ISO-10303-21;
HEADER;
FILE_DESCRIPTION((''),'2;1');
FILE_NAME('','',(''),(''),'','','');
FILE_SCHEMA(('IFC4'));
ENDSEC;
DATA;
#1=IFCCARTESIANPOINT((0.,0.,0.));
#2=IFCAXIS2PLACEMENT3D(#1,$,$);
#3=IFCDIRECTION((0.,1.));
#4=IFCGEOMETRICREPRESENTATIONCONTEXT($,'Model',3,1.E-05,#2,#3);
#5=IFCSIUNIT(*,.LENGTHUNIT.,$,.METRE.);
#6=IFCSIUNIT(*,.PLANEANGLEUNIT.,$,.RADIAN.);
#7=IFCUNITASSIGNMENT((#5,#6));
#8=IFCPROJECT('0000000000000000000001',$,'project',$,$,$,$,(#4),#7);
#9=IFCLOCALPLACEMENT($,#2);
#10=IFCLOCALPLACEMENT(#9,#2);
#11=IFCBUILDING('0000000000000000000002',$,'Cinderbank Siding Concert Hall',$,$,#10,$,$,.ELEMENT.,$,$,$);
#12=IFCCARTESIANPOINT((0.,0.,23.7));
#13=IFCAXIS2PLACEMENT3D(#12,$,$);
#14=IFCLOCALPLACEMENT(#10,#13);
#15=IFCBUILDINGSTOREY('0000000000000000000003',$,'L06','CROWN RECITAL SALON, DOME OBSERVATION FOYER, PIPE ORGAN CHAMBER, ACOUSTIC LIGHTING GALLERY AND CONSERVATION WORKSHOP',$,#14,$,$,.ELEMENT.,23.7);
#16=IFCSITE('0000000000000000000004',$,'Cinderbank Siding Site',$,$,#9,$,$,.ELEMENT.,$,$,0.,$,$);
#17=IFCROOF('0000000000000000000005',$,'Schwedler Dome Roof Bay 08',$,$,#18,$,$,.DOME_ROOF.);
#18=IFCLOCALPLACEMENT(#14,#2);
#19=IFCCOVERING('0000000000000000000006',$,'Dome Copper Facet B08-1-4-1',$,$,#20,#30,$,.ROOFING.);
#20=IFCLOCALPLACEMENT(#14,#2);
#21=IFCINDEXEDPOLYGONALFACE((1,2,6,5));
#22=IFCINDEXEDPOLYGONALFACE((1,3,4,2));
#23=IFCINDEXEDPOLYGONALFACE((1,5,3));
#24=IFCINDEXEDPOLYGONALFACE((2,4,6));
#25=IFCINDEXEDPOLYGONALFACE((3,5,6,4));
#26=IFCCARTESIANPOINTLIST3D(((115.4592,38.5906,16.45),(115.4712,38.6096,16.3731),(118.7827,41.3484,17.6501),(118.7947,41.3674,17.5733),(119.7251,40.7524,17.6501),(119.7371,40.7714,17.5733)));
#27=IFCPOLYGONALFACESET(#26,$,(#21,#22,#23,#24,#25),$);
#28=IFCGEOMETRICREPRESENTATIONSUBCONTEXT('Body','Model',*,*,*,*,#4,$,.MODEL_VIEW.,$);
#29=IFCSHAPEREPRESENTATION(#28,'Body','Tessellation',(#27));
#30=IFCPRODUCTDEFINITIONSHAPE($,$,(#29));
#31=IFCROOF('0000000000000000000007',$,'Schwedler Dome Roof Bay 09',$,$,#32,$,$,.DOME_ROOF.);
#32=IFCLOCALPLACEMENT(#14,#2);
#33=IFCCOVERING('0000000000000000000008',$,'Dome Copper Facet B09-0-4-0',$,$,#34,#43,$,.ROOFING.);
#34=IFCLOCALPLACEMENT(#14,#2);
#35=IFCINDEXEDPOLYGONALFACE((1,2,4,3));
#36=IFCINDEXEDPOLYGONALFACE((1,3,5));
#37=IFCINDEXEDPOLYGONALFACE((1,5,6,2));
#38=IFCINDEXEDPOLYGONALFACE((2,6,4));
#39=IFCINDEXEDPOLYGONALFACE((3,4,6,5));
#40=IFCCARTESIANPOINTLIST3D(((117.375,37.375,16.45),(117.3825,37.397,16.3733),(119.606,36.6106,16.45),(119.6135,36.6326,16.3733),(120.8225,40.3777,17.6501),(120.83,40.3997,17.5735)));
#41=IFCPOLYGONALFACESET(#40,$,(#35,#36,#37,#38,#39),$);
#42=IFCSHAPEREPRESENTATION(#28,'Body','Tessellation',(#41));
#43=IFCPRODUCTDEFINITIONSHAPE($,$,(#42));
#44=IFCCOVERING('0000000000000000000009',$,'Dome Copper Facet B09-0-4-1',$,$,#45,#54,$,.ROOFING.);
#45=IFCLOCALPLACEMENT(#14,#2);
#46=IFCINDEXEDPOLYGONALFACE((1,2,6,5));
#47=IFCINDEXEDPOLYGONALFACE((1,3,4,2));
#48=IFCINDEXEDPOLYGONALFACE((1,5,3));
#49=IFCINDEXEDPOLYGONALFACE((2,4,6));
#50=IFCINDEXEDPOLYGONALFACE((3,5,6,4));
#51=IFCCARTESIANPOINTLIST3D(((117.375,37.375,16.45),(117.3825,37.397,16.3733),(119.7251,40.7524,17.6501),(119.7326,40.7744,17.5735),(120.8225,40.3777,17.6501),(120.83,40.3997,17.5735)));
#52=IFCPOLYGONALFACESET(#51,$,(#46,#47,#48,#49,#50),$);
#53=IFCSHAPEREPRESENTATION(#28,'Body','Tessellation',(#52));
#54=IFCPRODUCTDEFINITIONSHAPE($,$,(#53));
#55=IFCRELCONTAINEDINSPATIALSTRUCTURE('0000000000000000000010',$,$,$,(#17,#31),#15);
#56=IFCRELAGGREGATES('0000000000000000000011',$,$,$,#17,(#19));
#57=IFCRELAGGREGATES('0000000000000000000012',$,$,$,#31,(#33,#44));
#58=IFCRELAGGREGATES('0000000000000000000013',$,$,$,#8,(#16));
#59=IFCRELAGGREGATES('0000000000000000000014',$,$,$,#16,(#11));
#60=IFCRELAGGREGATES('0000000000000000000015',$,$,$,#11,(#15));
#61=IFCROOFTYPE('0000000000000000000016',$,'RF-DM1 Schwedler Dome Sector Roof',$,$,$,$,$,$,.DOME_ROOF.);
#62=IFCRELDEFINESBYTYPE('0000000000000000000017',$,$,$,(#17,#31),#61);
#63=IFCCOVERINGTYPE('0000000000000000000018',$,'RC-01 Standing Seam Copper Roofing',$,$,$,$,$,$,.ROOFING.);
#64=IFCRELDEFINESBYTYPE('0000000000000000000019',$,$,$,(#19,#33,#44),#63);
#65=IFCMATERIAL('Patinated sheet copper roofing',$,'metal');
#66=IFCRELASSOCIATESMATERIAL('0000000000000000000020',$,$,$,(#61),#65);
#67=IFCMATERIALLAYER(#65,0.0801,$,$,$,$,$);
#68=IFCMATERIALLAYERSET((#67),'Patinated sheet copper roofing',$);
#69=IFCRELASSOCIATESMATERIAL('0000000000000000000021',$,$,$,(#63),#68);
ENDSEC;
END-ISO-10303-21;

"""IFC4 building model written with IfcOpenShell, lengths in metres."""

from ifc_helpers import new_model, si_unit, direction, frame, origin, place, context, subcontext, project, spatial, polyline, outline, extrude, material, layer, layer_set, type_object, element, aggregate, save


model = new_model("IFC4")

# Units and contexts
model_context = context("Model", 3, precision=1e-05, world=origin(), true_north=direction((0.0, 1.0)))
body_context = subcontext(model_context, "Body", "Model", "MODEL_VIEW")
ifc_project = project(units=[si_unit("LENGTHUNIT", "METRE"), si_unit("PLANEANGLEUNIT", "RADIAN")], contexts=[model_context])

# Site, building, storey
site_placement = place(None, origin())
site = spatial("IfcSite", under=ifc_project, at=site_placement, Name="Cinderbank Siding Site", CompositionType="ELEMENT", RefElevation=0.0)
building_placement = place(site_placement, origin())
building = spatial("IfcBuilding", under=site, at=building_placement, Name="Cinderbank Siding Concert Hall", CompositionType="ELEMENT")
storey_placement = place(building_placement, frame((0.0, 0.0, 23.7)))
storey = spatial("IfcBuildingStorey", under=building, at=storey_placement, Name="L06", Description="CROWN RECITAL SALON, DOME OBSERVATION FOYER, PIPE ORGAN CHAMBER, ACOUSTIC LIGHTING GALLERY AND CONSERVATION WORKSHOP", CompositionType="ELEMENT", Elevation=23.7)

# Roofs, coverings
ifc_material_1 = material(Name="Patinated sheet copper roofing", Category="metal")
roof_type = type_object("IfcRoofType", Name="RF-DM1 Schwedler Dome Sector Roof", PredefinedType="DOME_ROOF", material=ifc_material_1)
roof_1_placement = place(storey_placement, origin())
roof_1 = element("IfcRoof", 1, at=roof_1_placement, inside=storey, type_object=roof_type, Name="Schwedler Dome Roof Bay 08", PredefinedType="DOME_ROOF")
ifc_layer_1 = layer(ifc_material_1, 0.0801)
ifc_layer_set_1 = layer_set([ifc_layer_1], Name="Patinated sheet copper roofing")
covering_type = type_object("IfcCoveringType", Name="RC-01 Standing Seam Copper Roofing", PredefinedType="ROOFING", material=ifc_layer_set_1)
covering_1_placement = place(storey_placement, frame((115.4592, 38.5906, 16.45), z_axis=(-0.149915, -0.237063, 0.959858), x_axis=(0.865166, 0.43845, 0.243413)))
covering_1 = element("IfcCovering", 2, at=covering_1_placement, type_object=covering_type, Name="Dome Copper Facet B08-1-4-1", PredefinedType="ROOFING", context=body_context, shape_type="SweptSolid", body=[
    extrude(outline(polyline([(0.0, 0.0), (4.9307, 0.0), (4.3767, 0.9676), (0.0, 0.0)])), origin(), (0.0, 0.0, -1.0), 0.0801),
])
aggregate(roof_1, [covering_1])
roof_2_placement = place(storey_placement, origin())
roof_2 = element("IfcRoof", 3, at=roof_2_placement, inside=storey, type_object=roof_type, Name="Schwedler Dome Roof Bay 09", PredefinedType="DOME_ROOF")
covering_2_placement = place(storey_placement, frame((117.375, 37.375, 16.45), z_axis=(-0.094059, -0.274516, 0.956971), x_axis=(0.94601, -0.324136, 0.0)))
covering_2 = element("IfcCovering", 4, at=covering_2_placement, type_object=covering_type, Name="Dome Copper Facet B09-0-4-0", PredefinedType="ROOFING", context=body_context, shape_type="SweptSolid", body=[
    extrude(outline(polyline([(0.0, 0.0), (2.3583, 0.0), (2.2881, 4.136), (0.0, 0.0)])), origin(), (0.0, 0.0, -1.0), 0.0801),
])
covering_3_placement = place(storey_placement, frame((117.375, 37.375, 16.45), z_axis=(-0.093828, -0.274761, 0.956924), x_axis=(0.729366, 0.635257, 0.253917)))
covering_3 = element("IfcCovering", 5, at=covering_3_placement, type_object=covering_type, Name="Dome Copper Facet B09-0-4-1", PredefinedType="ROOFING", context=body_context, shape_type="SweptSolid", body=[
    extrude(outline(polyline([(0.0, 0.0), (4.7267, 0.0), (4.1644, 1.0142), (0.0, 0.0)])), origin(), (0.0, 0.0, -1.0), 0.0801),
])
aggregate(roof_2, [covering_2, covering_3])

save(model, "model.ifc")
